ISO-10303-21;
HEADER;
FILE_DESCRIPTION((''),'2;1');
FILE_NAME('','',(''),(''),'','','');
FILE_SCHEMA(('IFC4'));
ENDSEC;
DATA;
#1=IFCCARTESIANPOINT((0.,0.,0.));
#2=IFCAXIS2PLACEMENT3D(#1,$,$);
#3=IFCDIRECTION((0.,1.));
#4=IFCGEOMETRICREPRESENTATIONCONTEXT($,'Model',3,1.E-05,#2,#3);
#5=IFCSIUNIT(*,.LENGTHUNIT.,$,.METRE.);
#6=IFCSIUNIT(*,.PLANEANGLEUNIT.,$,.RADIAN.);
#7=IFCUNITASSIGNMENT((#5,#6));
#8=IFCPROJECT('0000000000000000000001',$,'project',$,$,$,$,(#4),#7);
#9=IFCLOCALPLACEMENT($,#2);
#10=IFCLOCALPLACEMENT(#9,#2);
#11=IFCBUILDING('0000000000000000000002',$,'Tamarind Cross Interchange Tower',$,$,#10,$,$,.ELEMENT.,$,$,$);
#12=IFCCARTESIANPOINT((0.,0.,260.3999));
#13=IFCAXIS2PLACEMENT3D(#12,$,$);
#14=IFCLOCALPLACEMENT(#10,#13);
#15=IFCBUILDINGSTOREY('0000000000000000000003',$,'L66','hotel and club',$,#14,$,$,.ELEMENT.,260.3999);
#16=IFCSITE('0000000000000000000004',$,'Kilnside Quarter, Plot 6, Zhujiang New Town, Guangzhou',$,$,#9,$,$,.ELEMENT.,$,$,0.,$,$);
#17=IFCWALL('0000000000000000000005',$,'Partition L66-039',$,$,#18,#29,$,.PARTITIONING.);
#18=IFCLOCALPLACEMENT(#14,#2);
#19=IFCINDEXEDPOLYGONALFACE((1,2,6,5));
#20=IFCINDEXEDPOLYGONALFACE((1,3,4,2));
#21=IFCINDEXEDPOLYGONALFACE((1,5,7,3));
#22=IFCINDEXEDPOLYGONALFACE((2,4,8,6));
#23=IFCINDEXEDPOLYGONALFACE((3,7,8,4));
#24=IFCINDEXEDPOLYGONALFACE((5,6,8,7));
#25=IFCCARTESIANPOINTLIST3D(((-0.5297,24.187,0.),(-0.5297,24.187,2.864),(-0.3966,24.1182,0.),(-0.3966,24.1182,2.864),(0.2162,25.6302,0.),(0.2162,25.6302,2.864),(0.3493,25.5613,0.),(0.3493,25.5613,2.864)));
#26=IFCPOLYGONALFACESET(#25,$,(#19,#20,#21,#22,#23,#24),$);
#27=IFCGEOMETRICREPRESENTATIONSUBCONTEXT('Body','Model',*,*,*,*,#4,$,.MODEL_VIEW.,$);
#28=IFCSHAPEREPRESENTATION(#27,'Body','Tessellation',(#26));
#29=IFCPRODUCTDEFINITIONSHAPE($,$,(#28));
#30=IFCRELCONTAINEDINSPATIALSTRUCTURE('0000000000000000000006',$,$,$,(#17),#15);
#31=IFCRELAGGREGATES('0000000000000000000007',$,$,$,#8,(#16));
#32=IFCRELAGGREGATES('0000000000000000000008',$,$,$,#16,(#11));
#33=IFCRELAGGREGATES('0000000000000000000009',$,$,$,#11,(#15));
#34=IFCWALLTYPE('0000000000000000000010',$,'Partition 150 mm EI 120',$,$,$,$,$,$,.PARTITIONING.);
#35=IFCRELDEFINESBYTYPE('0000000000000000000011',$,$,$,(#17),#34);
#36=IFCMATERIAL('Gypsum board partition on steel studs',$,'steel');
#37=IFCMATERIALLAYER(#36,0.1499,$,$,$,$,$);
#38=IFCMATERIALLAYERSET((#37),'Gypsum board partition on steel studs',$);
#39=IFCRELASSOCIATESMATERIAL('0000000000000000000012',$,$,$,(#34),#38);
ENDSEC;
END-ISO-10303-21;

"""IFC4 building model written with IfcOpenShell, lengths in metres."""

from ifc_helpers import new_model, si_unit, direction, frame, frame_2d, origin, place, context, subcontext, project, spatial, rectangle, extrude, material, layer, layer_set, type_object, element, save


model = new_model("IFC4")

# Units and contexts
model_context = context("Model", 3, precision=1e-05, world=origin(), true_north=direction((0.0, 1.0)))
body_context = subcontext(model_context, "Body", "Model", "MODEL_VIEW")
ifc_project = project(units=[si_unit("LENGTHUNIT", "METRE"), si_unit("PLANEANGLEUNIT", "RADIAN")], contexts=[model_context])

# Site, building, storey
site_placement = place(None, origin())
site = spatial("IfcSite", under=ifc_project, at=site_placement, Name="Kilnside Quarter, Plot 6, Zhujiang New Town, Guangzhou", CompositionType="ELEMENT", RefElevation=0.0)
building_placement = place(site_placement, origin())
building = spatial("IfcBuilding", under=site, at=building_placement, Name="Tamarind Cross Interchange Tower", CompositionType="ELEMENT")
storey_placement = place(building_placement, frame((0.0, 0.0, 260.3999)))
storey = spatial("IfcBuildingStorey", under=building, at=storey_placement, Name="L66", Description="hotel and club", CompositionType="ELEMENT", Elevation=260.3999)

# Shared definitions
ifc_material_1 = material(Name="Gypsum board partition on steel studs", Category="steel")

# Shared definitions
ifc_layer_1 = layer(ifc_material_1, 0.1499)
ifc_layer_set_1 = layer_set([ifc_layer_1], Name="Gypsum board partition on steel studs")
wall_type_1 = type_object("IfcWallType", Name="Partition 150 mm EI 120", PredefinedType="PARTITIONING", material=ifc_layer_set_1)

# Wall
wall_1_placement = place(storey_placement, frame((-0.4631, 24.1526, 0.0), z_axis=(0.0, 0.0, 1.0), x_axis=(0.459137, 0.888366, 0.0)))
element("IfcWall", 1, at=wall_1_placement, inside=storey, type_object=wall_type_1, Name="Partition L66-039", PredefinedType="PARTITIONING", context=body_context, shape_type="SweptSolid", body=[
    extrude(rectangle(XDim=1.6245, YDim=0.1499, at=frame_2d((0.8123, 0.0))), origin(), (0.0, 0.0, 1.0), 2.864),
])

save(model, "model.ifc")
